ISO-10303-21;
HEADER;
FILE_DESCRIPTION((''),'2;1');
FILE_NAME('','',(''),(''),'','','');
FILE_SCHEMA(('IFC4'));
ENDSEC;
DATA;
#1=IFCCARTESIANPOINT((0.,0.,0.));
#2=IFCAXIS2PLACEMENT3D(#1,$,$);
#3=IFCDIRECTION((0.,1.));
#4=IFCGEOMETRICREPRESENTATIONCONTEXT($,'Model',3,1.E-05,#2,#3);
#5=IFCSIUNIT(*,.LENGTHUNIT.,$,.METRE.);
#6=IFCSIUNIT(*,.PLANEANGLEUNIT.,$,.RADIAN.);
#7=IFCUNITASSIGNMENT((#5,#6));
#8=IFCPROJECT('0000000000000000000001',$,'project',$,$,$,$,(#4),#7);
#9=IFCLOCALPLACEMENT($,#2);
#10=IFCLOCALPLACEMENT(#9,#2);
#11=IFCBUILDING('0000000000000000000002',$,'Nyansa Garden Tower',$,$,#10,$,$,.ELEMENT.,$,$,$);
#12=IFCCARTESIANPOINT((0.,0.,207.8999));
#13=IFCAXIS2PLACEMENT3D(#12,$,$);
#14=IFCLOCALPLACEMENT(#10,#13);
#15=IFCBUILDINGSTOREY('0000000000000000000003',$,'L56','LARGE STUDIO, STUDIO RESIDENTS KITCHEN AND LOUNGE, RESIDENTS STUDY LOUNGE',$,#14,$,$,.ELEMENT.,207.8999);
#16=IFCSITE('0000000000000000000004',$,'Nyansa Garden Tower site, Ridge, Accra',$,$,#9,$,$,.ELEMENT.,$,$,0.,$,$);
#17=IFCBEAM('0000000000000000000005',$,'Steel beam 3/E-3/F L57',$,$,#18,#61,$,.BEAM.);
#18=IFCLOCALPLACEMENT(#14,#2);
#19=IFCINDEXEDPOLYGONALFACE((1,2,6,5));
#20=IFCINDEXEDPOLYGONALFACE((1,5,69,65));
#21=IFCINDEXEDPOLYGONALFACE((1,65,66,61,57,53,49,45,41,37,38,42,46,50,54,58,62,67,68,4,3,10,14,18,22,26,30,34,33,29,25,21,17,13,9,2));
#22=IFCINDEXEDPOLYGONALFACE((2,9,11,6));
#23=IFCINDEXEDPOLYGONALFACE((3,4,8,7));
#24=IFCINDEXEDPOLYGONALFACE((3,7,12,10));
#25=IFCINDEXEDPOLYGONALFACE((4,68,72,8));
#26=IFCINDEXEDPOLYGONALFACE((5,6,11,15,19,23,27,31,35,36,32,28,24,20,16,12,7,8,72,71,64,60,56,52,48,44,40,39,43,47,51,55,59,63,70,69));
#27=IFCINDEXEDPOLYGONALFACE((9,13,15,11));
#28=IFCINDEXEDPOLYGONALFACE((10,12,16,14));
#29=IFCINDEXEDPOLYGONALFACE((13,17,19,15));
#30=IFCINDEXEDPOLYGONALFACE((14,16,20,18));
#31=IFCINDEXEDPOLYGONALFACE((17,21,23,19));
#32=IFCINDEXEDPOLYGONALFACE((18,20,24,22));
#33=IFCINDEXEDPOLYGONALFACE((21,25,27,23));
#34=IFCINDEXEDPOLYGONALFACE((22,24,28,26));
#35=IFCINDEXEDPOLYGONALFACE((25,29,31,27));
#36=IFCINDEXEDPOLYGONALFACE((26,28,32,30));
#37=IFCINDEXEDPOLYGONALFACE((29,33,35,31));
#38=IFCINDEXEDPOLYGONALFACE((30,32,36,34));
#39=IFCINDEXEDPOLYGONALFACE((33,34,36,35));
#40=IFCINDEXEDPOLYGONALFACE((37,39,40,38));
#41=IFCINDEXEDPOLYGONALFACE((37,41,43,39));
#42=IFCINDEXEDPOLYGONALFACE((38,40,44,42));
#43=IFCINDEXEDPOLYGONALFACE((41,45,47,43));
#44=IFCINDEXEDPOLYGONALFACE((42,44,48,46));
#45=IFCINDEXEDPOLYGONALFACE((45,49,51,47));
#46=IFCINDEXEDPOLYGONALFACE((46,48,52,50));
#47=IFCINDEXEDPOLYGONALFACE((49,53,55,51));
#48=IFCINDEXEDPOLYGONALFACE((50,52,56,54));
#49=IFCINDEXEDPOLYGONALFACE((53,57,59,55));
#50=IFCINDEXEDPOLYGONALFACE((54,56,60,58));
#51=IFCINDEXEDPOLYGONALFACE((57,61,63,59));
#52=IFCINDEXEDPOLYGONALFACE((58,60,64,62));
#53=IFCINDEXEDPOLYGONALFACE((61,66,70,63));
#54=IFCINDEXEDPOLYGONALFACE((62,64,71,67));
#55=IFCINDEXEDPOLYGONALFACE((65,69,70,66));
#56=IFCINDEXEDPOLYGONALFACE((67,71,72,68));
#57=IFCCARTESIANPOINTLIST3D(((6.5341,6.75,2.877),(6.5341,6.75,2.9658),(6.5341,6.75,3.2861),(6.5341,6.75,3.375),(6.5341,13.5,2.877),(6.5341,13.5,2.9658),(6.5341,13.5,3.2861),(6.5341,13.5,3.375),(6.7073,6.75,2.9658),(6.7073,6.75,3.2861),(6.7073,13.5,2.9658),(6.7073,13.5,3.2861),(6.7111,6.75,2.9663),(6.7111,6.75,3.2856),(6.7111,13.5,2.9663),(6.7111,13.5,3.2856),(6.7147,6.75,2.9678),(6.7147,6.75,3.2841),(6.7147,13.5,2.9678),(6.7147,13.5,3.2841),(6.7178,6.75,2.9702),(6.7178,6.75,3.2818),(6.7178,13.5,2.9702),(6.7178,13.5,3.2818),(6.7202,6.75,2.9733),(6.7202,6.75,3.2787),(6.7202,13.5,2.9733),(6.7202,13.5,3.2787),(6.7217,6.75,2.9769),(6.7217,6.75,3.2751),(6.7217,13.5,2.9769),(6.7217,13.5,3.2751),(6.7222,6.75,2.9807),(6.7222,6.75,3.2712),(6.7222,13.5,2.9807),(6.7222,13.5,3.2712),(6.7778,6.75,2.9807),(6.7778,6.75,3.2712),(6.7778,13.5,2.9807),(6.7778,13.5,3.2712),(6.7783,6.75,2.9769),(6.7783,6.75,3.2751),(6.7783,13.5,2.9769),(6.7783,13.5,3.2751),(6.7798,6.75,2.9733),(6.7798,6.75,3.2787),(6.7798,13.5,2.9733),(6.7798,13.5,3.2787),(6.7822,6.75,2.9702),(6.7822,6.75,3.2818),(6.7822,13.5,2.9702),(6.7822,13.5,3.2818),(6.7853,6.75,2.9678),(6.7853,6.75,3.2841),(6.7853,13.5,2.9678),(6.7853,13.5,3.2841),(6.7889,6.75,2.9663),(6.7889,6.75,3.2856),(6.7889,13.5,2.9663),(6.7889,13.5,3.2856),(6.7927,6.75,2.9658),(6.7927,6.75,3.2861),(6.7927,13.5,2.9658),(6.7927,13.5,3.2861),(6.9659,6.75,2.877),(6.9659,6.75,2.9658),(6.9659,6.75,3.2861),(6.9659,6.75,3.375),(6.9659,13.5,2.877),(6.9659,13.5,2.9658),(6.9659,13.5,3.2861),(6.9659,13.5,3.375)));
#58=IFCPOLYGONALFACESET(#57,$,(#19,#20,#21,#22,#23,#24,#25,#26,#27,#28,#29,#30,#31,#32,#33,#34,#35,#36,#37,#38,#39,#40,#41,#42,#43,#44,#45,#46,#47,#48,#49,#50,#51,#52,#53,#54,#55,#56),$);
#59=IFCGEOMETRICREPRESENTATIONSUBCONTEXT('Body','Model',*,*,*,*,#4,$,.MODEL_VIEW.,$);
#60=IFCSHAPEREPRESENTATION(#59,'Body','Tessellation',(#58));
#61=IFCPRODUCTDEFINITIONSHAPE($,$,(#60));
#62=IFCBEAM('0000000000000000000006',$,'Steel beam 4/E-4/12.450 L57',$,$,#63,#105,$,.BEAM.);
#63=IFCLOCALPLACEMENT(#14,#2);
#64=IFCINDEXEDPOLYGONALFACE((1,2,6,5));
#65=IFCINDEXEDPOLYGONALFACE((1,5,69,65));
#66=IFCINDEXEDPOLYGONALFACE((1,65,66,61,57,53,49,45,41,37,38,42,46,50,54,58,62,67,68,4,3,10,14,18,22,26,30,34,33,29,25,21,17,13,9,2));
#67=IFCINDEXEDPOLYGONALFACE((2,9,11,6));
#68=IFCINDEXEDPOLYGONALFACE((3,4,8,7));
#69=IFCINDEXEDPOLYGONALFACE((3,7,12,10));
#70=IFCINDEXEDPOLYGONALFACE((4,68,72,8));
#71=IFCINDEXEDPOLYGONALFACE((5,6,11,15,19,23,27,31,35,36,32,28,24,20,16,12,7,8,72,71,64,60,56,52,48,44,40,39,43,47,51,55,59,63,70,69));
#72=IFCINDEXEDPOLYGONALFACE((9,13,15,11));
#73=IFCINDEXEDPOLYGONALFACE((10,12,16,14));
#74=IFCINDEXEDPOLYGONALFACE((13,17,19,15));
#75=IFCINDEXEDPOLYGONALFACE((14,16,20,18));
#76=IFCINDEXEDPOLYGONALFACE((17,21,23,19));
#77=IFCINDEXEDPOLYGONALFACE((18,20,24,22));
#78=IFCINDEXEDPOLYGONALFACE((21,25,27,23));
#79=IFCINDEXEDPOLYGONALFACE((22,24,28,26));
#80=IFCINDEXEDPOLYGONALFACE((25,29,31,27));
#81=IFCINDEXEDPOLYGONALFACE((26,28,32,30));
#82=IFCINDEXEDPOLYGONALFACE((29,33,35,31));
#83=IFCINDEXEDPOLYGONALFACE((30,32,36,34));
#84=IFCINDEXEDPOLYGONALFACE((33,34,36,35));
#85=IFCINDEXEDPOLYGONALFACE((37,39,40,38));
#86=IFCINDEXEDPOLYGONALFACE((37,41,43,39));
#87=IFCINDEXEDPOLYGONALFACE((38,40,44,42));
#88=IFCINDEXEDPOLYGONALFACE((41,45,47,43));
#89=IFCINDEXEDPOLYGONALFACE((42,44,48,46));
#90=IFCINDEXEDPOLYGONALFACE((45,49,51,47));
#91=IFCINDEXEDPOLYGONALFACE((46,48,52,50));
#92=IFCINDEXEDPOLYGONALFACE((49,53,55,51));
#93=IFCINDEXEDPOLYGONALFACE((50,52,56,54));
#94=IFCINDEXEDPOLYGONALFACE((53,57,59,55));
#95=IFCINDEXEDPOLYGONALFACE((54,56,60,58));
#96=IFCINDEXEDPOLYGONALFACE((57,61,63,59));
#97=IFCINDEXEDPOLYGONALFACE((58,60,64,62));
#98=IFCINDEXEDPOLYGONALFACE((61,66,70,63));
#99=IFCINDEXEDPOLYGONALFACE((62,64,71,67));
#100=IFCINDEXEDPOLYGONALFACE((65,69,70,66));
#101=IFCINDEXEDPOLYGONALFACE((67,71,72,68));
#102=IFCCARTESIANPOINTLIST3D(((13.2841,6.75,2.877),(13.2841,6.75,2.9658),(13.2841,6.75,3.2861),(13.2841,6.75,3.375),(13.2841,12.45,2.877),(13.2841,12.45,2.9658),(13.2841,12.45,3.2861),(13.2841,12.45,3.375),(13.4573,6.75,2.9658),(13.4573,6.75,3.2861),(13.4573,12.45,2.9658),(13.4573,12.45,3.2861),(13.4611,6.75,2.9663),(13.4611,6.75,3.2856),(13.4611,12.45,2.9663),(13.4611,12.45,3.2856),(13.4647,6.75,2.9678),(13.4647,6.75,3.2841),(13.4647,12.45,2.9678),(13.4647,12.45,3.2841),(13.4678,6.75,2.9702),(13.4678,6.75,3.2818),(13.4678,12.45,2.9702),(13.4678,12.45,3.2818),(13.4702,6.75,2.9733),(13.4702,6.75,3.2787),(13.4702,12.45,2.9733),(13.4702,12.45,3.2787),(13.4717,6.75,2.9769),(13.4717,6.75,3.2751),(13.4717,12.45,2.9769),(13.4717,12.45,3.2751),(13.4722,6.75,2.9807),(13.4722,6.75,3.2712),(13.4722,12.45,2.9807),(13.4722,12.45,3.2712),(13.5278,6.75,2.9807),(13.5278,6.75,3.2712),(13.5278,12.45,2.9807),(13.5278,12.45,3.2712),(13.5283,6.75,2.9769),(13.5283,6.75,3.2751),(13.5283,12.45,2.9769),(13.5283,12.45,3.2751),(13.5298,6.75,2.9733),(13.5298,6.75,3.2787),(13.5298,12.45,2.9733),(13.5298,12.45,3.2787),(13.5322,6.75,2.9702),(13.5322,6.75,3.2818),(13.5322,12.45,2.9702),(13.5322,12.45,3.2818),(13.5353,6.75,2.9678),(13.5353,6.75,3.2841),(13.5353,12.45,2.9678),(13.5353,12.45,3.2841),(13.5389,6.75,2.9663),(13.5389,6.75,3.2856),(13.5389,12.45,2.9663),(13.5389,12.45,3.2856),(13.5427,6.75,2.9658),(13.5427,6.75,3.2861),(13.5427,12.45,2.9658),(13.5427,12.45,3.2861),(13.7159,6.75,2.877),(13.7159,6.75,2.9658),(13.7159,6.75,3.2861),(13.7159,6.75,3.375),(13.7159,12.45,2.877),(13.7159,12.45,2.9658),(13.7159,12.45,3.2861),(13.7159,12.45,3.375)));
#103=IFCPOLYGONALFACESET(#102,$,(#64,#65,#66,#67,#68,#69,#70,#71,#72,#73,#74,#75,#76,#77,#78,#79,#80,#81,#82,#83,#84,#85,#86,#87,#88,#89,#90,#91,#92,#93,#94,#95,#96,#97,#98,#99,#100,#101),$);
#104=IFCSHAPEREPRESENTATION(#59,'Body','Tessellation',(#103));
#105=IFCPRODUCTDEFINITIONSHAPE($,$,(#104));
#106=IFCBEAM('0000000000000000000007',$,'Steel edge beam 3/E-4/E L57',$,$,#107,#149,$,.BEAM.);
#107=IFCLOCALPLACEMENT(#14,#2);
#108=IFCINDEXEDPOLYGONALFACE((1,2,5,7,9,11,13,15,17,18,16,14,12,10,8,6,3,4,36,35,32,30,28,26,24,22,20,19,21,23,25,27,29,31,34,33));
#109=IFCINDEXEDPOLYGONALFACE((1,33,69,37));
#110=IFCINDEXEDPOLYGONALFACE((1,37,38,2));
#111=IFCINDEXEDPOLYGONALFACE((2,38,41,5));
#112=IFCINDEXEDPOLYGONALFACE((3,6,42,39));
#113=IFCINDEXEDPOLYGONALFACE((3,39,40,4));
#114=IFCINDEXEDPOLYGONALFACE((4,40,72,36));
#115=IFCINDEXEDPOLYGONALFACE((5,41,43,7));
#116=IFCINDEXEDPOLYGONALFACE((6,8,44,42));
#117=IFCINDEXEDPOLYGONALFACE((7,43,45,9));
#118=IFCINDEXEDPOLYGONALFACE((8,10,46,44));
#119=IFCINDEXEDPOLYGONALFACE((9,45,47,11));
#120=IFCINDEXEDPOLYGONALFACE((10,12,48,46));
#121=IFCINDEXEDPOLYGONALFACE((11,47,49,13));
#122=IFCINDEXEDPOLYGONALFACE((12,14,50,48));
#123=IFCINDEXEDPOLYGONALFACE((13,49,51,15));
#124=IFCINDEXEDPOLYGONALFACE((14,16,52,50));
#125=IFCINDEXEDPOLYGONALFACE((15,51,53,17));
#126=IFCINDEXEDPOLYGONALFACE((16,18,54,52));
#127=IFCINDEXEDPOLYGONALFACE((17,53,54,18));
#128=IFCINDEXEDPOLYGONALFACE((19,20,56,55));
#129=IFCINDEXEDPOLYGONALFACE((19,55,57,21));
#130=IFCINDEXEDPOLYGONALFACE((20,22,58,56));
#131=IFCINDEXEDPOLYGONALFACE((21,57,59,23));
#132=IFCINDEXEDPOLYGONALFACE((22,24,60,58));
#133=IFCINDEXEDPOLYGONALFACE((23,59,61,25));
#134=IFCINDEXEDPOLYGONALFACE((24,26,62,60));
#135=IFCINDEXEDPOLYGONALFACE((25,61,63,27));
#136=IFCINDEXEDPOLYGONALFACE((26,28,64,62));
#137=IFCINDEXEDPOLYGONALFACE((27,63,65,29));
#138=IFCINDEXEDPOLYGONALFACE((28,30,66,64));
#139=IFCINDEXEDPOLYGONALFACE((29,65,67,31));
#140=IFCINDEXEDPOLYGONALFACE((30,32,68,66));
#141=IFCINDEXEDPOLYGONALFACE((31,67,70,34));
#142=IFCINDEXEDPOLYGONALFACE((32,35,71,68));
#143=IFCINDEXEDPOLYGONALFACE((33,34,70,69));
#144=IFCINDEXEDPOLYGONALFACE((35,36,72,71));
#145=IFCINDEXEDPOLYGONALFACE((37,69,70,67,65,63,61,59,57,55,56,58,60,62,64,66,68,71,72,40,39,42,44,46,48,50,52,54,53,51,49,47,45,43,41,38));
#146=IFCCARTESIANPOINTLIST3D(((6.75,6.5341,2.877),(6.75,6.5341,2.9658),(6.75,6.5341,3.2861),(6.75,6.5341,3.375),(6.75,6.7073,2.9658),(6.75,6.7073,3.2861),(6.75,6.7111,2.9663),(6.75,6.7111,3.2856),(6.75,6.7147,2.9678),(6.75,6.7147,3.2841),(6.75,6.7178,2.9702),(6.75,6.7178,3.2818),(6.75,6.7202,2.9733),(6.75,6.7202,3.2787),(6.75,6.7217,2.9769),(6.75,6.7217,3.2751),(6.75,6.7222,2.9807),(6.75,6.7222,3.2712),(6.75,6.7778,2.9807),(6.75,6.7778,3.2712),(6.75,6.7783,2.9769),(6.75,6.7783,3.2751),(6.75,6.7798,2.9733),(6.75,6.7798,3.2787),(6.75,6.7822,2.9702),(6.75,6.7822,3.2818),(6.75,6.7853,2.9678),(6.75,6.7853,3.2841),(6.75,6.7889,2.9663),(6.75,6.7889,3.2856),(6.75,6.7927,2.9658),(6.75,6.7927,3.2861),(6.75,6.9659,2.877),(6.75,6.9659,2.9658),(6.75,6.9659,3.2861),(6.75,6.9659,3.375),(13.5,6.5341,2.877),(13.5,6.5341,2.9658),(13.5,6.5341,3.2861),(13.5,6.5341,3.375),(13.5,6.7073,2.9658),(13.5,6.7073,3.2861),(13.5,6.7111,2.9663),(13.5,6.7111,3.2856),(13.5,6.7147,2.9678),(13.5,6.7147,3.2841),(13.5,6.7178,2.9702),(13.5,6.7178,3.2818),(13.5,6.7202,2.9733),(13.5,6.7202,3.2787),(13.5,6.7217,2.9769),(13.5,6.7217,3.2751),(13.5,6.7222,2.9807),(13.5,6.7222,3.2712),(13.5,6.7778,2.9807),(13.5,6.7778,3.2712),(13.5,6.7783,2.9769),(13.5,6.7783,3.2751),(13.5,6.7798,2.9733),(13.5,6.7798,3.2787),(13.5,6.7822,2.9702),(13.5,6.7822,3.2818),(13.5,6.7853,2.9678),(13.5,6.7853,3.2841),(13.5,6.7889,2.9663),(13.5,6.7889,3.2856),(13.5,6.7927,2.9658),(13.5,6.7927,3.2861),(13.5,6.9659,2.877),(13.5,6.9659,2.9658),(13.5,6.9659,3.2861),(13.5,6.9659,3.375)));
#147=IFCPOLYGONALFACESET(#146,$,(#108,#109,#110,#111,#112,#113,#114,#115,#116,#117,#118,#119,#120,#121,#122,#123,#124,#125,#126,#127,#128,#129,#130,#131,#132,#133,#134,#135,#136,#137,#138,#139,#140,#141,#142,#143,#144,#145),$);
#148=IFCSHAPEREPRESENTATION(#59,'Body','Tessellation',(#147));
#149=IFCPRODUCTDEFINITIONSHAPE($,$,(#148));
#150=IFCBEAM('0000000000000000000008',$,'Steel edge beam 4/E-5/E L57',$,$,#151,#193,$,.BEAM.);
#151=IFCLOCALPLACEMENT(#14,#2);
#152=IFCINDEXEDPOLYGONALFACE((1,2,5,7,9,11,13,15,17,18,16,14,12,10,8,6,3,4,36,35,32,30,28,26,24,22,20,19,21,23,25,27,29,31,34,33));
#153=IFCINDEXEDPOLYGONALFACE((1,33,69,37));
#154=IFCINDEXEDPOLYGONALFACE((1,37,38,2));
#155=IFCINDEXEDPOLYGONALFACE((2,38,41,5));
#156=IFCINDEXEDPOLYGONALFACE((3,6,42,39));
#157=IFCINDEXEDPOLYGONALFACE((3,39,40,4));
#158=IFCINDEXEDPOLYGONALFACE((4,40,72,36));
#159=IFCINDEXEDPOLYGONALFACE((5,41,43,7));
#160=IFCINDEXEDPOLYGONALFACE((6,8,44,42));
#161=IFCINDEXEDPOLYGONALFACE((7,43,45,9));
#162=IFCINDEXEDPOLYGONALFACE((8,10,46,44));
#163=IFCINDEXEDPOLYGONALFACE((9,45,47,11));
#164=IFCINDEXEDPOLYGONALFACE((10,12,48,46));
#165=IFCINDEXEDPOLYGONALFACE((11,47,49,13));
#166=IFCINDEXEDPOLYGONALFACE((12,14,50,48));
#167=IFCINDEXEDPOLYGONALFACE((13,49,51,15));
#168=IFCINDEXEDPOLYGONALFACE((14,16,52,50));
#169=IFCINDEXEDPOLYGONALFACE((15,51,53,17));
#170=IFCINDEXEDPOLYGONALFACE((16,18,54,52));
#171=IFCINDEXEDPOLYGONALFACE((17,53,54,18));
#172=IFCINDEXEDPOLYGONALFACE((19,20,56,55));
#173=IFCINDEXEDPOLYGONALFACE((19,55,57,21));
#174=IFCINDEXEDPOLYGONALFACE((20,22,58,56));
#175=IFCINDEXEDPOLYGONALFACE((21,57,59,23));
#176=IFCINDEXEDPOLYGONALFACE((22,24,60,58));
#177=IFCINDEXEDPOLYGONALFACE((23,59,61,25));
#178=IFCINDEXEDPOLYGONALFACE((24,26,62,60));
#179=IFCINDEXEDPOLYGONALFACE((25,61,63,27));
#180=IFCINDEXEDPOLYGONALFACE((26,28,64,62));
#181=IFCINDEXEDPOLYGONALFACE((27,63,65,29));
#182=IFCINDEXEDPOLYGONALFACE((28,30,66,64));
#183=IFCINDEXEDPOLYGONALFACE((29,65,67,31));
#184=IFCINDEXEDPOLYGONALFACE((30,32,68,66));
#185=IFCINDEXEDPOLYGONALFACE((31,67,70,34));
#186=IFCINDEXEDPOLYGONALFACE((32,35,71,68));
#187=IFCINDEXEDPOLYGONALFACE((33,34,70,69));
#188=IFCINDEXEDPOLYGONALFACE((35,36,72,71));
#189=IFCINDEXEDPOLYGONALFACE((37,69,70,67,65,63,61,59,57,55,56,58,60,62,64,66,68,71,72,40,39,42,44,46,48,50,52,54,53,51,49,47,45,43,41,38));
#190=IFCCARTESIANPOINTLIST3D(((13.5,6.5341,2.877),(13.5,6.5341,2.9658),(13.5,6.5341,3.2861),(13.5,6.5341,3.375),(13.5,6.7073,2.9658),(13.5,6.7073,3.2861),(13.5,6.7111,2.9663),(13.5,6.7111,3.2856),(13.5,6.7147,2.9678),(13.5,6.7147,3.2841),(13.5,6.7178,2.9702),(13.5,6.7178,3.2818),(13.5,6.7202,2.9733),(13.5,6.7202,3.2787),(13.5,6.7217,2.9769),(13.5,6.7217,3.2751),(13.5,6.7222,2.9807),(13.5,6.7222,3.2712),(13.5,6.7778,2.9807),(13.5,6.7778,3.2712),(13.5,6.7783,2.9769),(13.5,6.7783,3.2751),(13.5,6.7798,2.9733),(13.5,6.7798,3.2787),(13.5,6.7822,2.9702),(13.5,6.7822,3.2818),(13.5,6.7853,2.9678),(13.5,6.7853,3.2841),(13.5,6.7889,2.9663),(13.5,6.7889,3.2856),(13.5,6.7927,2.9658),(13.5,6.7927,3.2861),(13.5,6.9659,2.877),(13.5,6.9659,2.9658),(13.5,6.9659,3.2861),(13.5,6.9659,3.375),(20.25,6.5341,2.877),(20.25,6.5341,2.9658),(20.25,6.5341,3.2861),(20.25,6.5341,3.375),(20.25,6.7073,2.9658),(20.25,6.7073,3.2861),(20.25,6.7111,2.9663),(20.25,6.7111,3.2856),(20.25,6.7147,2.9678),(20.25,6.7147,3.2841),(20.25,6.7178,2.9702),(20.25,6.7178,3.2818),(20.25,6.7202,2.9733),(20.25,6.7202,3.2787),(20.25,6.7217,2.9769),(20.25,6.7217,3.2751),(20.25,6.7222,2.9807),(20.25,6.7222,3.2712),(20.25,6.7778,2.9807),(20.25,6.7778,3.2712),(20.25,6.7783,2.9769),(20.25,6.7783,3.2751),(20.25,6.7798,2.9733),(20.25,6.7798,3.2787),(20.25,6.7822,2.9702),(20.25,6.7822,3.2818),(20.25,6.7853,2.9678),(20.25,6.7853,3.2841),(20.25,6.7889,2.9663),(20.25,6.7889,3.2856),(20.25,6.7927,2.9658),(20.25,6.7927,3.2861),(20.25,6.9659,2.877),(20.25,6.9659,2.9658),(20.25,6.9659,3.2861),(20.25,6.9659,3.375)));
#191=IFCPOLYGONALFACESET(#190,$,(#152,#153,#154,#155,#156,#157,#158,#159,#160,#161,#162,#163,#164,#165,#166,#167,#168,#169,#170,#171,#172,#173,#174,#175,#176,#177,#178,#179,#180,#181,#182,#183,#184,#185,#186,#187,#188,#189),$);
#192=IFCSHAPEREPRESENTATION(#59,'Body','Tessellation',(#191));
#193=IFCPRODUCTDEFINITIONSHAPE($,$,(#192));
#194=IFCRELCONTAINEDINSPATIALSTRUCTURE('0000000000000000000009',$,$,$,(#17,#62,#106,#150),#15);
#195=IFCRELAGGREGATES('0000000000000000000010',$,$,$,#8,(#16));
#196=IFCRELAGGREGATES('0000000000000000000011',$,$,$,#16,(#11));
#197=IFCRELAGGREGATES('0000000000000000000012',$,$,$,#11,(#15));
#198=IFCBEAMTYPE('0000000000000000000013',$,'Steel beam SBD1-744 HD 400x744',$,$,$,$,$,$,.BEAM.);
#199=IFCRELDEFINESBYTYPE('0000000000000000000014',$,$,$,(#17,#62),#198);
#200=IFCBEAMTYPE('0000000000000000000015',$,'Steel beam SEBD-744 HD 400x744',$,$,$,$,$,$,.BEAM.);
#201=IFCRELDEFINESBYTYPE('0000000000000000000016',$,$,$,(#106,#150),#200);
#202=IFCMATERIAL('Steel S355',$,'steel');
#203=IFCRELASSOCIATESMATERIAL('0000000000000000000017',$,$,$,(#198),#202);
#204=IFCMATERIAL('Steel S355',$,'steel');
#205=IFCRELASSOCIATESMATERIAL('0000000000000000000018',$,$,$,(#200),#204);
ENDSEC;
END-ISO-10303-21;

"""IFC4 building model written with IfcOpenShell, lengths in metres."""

from ifc_helpers import new_model, si_unit, direction, frame, origin, origin_2d, place, context, subcontext, project, spatial, i_section, extrude, material, material_profile, profile_set, type_object, element, save


model = new_model("IFC4")

# Units and contexts
model_context = context("Model", 3, precision=1e-05, world=origin(), true_north=direction((0.0, 1.0)))
body_context = subcontext(model_context, "Body", "Model", "MODEL_VIEW")
ifc_project = project(units=[si_unit("LENGTHUNIT", "METRE"), si_unit("PLANEANGLEUNIT", "RADIAN")], contexts=[model_context])

# Site, building, storey
site_placement = place(None, origin())
site = spatial("IfcSite", under=ifc_project, at=site_placement, Name="Nyansa Garden Tower site, Ridge, Accra", CompositionType="ELEMENT", RefElevation=0.0)
building_placement = place(site_placement, origin())
building = spatial("IfcBuilding", under=site, at=building_placement, Name="Nyansa Garden Tower", CompositionType="ELEMENT")
storey_placement = place(building_placement, frame((0.0, 0.0, 207.8999)))
storey = spatial("IfcBuildingStorey", under=building, at=storey_placement, Name="L56", Description="LARGE STUDIO, STUDIO RESIDENTS KITCHEN AND LOUNGE, RESIDENTS STUDY LOUNGE", CompositionType="ELEMENT", Elevation=207.8999)

# Beams
ifc_material_1 = material(Name="Steel S355", Category="steel")
ifc_material_profile_1 = material_profile(ifc_material_1, i_section(OverallWidth=0.4319, OverallDepth=0.498, WebThickness=0.0557, FlangeThickness=0.0889, FilletRadius=0.0149, at=origin_2d()), Name="HD 400x744")
ifc_profile_set_1 = profile_set([ifc_material_profile_1], Name="Steel S355")
beam_type_1 = type_object("IfcBeamType", Name="Steel beam SBD1-744 HD 400x744", PredefinedType="BEAM", material=ifc_profile_set_1)
beam_1_placement = place(storey_placement, frame((6.75, 6.75, 3.126), z_axis=(0.0, 1.0, 0.0), x_axis=(-1.0, 0.0, 0.0)))
element("IfcBeam", 1, at=beam_1_placement, inside=storey, type_object=beam_type_1, Name="Steel beam 3/E-3/F L57", PredefinedType="BEAM", context=body_context, shape_type="SweptSolid", body=[
    extrude(i_section(OverallWidth=0.4319, OverallDepth=0.498, WebThickness=0.0557, FlangeThickness=0.0889, FilletRadius=0.0149, at=origin_2d()), origin(), (0.0, 0.0, 1.0), 6.75),
])
beam_2_placement = place(storey_placement, frame((13.5, 6.75, 3.126), z_axis=(0.0, 1.0, 0.0), x_axis=(-1.0, 0.0, 0.0)))
element("IfcBeam", 2, at=beam_2_placement, inside=storey, type_object=beam_type_1, Name="Steel beam 4/E-4/12.450 L57", PredefinedType="BEAM", context=body_context, shape_type="SweptSolid", body=[
    extrude(i_section(OverallWidth=0.4319, OverallDepth=0.498, WebThickness=0.0557, FlangeThickness=0.0889, FilletRadius=0.0149, at=origin_2d()), origin(), (0.0, 0.0, 1.0), 5.7),
])
ifc_material_2 = material(Name="Steel S355", Category="steel")
ifc_material_profile_2 = material_profile(ifc_material_2, i_section(OverallWidth=0.4319, OverallDepth=0.498, WebThickness=0.0557, FlangeThickness=0.0889, FilletRadius=0.0149, at=origin_2d()), Name="HD 400x744")
ifc_profile_set_2 = profile_set([ifc_material_profile_2], Name="Steel S355")
beam_type_2 = type_object("IfcBeamType", Name="Steel beam SEBD-744 HD 400x744", PredefinedType="BEAM", material=ifc_profile_set_2)
for number, where, z_axis, x_axis, name in (
    (3, (6.75, 6.75, 3.126), (1.0, 0.0, 0.0), (0.0, 1.0, 0.0), "Steel edge beam 3/E-4/E L57"),
    (4, (13.5, 6.75, 3.126), (1.0, 0.0, 0.0), (0.0, 1.0, 0.0), "Steel edge beam 4/E-5/E L57"),
):
    element("IfcBeam", number, at=place(storey_placement, frame(where, z_axis=z_axis, x_axis=x_axis)), inside=storey, type_object=beam_type_2, Name=name, PredefinedType="BEAM", context=body_context, shape_type="SweptSolid", body=[
        extrude(i_section(OverallWidth=0.4319, OverallDepth=0.498, WebThickness=0.0557, FlangeThickness=0.0889, FilletRadius=0.0149, at=origin_2d()), origin(), (0.0, 0.0, 1.0), 6.75),
    ])

save(model, "model.ifc")
